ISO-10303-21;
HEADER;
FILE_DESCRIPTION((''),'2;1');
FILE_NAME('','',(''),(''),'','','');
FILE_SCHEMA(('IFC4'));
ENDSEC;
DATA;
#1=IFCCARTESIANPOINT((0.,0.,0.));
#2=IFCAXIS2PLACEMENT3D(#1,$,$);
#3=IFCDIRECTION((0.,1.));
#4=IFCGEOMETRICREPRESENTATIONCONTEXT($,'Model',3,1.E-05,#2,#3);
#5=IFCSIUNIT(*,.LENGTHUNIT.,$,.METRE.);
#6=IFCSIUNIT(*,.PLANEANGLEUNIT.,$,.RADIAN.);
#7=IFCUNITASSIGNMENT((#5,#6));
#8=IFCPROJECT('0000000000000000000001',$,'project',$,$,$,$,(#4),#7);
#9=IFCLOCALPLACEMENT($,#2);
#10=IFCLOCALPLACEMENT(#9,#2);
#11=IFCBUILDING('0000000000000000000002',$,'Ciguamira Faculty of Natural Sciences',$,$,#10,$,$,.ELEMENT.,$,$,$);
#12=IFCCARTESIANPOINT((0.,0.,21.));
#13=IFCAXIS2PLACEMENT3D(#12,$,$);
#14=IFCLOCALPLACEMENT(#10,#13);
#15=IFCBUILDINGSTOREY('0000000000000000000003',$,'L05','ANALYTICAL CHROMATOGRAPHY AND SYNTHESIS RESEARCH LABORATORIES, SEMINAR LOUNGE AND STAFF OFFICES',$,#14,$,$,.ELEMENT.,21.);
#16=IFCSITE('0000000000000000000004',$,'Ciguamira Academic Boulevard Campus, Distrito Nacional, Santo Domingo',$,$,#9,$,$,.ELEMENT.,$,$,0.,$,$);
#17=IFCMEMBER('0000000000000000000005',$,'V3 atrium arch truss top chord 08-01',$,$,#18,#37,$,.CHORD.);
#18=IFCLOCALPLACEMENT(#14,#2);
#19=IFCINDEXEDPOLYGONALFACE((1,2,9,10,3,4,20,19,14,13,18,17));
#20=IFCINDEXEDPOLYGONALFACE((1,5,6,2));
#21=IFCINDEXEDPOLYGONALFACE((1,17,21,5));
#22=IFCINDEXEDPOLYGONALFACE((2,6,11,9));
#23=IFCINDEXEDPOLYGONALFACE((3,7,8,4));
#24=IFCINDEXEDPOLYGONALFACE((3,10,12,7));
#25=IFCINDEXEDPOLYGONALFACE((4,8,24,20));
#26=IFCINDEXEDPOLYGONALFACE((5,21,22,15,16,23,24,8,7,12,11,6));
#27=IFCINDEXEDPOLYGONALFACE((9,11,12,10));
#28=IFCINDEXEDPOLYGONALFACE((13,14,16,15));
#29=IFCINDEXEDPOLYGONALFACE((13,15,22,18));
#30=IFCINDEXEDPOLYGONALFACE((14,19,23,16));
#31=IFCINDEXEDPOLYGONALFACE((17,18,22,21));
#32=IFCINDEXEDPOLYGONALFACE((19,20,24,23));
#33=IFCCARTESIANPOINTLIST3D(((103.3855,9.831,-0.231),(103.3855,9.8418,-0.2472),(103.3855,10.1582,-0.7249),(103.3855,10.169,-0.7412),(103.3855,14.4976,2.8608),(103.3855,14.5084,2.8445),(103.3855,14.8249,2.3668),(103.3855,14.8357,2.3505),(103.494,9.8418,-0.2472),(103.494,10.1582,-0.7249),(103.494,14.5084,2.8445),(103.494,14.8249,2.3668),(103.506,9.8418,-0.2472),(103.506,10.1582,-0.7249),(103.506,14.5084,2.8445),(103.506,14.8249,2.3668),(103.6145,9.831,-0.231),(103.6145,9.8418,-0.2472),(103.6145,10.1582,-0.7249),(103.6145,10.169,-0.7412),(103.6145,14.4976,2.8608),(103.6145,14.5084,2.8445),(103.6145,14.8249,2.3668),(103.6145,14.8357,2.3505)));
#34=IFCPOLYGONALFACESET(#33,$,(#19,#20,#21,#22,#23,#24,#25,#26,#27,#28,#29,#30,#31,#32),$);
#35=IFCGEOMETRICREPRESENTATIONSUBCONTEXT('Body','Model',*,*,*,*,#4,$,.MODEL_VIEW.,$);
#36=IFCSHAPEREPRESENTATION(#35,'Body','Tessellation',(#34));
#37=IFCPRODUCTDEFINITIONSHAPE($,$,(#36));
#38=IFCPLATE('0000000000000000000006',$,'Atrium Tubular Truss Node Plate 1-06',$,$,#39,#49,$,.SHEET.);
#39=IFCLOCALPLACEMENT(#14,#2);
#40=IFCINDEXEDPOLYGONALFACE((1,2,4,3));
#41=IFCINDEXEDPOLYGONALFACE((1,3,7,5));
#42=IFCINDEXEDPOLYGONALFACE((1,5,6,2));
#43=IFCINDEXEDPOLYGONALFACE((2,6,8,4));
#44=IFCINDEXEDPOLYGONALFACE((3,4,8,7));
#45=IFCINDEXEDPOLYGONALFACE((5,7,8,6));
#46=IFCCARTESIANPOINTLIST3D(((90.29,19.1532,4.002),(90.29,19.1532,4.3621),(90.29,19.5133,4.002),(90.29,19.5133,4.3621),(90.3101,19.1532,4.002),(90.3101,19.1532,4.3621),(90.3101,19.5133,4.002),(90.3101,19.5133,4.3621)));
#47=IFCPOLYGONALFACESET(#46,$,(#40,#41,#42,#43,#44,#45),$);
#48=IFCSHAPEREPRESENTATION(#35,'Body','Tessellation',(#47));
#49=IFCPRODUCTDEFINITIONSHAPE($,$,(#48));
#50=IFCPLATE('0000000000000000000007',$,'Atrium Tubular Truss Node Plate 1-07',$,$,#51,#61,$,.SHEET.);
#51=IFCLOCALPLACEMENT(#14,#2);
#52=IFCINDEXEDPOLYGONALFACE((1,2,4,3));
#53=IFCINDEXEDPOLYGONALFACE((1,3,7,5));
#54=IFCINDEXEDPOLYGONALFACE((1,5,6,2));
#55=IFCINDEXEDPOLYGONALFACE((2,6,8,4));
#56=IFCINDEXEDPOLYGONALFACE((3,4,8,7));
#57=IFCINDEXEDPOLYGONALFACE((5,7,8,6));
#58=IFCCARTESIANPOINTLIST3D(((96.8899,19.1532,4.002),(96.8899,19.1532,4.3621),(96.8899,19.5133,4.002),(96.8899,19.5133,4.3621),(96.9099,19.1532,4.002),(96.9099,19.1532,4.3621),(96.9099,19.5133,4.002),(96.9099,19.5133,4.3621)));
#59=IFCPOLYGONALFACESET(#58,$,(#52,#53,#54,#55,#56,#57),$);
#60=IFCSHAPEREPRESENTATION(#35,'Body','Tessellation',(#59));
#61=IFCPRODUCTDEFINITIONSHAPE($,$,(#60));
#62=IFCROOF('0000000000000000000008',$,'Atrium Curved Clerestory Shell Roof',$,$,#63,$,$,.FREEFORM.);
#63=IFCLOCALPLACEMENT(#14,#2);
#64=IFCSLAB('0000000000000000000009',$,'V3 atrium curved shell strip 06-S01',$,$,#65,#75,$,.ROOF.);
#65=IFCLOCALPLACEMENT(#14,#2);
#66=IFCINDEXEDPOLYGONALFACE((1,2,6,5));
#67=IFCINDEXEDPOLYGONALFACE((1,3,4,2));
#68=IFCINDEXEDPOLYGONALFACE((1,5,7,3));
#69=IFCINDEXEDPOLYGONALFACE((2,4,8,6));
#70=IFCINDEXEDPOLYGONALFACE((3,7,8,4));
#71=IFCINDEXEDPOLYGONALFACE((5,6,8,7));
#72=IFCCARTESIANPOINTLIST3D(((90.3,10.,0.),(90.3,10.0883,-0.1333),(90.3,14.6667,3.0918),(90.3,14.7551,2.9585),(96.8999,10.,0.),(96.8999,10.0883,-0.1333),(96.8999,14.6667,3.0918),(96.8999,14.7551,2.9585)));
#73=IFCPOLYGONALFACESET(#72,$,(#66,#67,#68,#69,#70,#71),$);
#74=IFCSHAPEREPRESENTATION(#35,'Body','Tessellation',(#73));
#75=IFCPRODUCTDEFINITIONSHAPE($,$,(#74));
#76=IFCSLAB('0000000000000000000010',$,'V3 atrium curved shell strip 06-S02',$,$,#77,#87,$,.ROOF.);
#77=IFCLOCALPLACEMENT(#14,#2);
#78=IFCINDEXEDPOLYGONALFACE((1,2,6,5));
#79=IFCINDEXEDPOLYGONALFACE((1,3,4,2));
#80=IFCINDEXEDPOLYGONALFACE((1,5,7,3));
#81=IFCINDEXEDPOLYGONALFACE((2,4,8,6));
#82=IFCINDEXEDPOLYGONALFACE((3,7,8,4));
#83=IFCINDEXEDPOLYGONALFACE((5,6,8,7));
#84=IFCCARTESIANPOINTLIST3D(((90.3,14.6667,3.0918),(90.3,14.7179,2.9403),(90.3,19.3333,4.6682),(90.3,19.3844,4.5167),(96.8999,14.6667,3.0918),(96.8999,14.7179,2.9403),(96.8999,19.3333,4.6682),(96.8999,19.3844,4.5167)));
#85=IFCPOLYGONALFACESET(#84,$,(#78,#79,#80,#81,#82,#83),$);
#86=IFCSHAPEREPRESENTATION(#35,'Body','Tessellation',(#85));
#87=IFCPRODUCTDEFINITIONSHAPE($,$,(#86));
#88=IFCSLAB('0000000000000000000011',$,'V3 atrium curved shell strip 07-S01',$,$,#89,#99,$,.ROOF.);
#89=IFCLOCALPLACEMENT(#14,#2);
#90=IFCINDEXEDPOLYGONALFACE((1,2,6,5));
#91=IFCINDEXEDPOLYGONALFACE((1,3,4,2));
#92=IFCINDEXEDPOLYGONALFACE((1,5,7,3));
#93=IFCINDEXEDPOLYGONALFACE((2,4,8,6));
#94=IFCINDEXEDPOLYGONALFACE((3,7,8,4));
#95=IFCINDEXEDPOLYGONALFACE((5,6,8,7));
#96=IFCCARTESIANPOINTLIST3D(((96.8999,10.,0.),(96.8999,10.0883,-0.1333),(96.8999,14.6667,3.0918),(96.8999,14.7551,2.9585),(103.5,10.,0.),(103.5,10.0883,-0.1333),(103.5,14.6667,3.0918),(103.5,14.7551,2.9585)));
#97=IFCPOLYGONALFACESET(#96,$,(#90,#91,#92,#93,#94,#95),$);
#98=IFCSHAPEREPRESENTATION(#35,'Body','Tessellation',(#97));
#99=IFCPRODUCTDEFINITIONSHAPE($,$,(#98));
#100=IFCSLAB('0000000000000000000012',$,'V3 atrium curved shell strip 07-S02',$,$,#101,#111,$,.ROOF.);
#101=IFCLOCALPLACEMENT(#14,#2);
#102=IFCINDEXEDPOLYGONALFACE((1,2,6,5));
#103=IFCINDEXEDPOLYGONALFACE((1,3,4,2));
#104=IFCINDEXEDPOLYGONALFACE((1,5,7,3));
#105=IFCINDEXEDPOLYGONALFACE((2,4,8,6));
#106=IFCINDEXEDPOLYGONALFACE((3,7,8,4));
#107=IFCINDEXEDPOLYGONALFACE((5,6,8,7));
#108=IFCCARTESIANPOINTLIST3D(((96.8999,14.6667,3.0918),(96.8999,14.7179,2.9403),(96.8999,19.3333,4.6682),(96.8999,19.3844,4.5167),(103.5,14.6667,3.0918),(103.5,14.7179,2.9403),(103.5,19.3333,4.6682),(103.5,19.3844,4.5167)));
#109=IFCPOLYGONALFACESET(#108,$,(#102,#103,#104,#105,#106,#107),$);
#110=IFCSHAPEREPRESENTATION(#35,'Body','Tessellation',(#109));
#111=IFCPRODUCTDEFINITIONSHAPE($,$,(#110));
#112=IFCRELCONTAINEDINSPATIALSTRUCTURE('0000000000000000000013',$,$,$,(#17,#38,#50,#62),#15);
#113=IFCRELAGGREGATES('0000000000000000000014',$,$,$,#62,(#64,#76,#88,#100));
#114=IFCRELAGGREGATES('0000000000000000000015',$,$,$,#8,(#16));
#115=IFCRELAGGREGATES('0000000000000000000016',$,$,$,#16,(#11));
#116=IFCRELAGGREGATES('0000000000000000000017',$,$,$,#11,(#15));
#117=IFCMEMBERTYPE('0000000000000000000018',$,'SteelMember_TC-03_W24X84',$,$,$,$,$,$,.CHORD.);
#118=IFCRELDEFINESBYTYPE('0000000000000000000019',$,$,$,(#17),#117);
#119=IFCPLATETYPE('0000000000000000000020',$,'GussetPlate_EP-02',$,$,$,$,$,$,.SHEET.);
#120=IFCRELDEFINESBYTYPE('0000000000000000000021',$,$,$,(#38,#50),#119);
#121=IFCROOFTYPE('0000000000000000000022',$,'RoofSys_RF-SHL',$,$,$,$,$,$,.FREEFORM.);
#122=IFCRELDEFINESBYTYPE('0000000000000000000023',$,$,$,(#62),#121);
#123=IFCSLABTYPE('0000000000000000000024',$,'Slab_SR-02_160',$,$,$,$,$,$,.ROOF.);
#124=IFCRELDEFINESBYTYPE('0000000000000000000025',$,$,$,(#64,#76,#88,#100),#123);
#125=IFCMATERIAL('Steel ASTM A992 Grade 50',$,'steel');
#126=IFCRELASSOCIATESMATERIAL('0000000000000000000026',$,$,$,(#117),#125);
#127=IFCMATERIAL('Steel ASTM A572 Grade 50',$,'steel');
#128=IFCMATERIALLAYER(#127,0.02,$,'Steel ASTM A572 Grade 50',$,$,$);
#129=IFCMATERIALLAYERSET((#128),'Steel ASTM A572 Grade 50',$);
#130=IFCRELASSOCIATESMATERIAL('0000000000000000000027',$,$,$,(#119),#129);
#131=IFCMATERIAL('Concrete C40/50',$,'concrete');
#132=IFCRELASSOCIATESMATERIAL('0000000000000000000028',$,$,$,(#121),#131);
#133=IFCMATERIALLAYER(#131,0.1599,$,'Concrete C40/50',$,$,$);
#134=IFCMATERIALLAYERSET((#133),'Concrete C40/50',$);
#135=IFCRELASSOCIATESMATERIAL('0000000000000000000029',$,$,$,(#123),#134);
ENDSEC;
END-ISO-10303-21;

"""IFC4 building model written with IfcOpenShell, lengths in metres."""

from ifc_helpers import new_model, si_unit, direction, frame, origin, origin_2d, place, context, subcontext, project, spatial, polyline, rectangle, i_section, outline, extrude, material, layer, layer_set, material_profile, profile_set, type_object, element, aggregate, save


model = new_model("IFC4")

# Units and contexts
model_context = context("Model", 3, precision=1e-05, world=origin(), true_north=direction((0.0, 1.0)))
body_context = subcontext(model_context, "Body", "Model", "MODEL_VIEW")
ifc_project = project(units=[si_unit("LENGTHUNIT", "METRE"), si_unit("PLANEANGLEUNIT", "RADIAN")], contexts=[model_context])

# Site, building, storey
site_placement = place(None, origin())
site = spatial("IfcSite", under=ifc_project, at=site_placement, Name="Ciguamira Academic Boulevard Campus, Distrito Nacional, Santo Domingo", CompositionType="ELEMENT", RefElevation=0.0)
building_placement = place(site_placement, origin())
building = spatial("IfcBuilding", under=site, at=building_placement, Name="Ciguamira Faculty of Natural Sciences", CompositionType="ELEMENT")
storey_placement = place(building_placement, frame((0.0, 0.0, 21.0)))
storey = spatial("IfcBuildingStorey", under=building, at=storey_placement, Name="L05", Description="ANALYTICAL CHROMATOGRAPHY AND SYNTHESIS RESEARCH LABORATORIES, SEMINAR LOUNGE AND STAFF OFFICES", CompositionType="ELEMENT", Elevation=21.0)

# Shared definitions
ifc_material_1 = material(Name="Concrete C40/50", Category="concrete")
ifc_material_2 = material(Name="Steel ASTM A992 Grade 50", Category="steel")

# Member
ifc_material_profile_1 = material_profile(ifc_material_2, i_section(OverallWidth=0.229, OverallDepth=0.6121, WebThickness=0.012, FlangeThickness=0.0195, at=origin_2d()), Name="W24X84")
ifc_profile_set_1 = profile_set([ifc_material_profile_1], Name="Steel ASTM A992 Grade 50")
member_type_1 = type_object("IfcMemberType", Name="SteelMember_TC-03_W24X84", PredefinedType="CHORD", material=ifc_profile_set_1)
member_1_placement = place(storey_placement, frame((103.5, 10.0, -0.4861), z_axis=(0.0, 0.833644, 0.552303), x_axis=(-1.0, 0.0, 0.0)))
element("IfcMember", 1, at=member_1_placement, inside=storey, type_object=member_type_1, Name="V3 atrium arch truss top chord 08-01", PredefinedType="CHORD", context=body_context, shape_type="SweptSolid", body=[
    extrude(i_section(OverallWidth=0.229, OverallDepth=0.6121, WebThickness=0.012, FlangeThickness=0.0195, at=origin_2d()), origin(), (0.0, 0.0, 1.0), 5.5979),
])

# Plates
ifc_material_3 = material(Name="Steel ASTM A572 Grade 50", Category="steel")
ifc_layer_1 = layer(ifc_material_3, 0.02, Name="Steel ASTM A572 Grade 50")
ifc_layer_set_1 = layer_set([ifc_layer_1], Name="Steel ASTM A572 Grade 50")
plate_type = type_object("IfcPlateType", Name="GussetPlate_EP-02", PredefinedType="SHEET", material=ifc_layer_set_1)
for number, where, z_axis, x_axis, name in (
    (2, (90.3, 19.3333, 4.002), (0.0, 0.0, 1.0), (1.0, 0.0, 0.0), "Atrium Tubular Truss Node Plate 1-06"),
    (3, (96.8999, 19.3333, 4.002), (0.0, 0.0, 1.0), (1.0, 0.0, 0.0), "Atrium Tubular Truss Node Plate 1-07"),
):
    element("IfcPlate", number, at=place(storey_placement, frame(where, z_axis=z_axis, x_axis=x_axis)), inside=storey, type_object=plate_type, Name=name, PredefinedType="SHEET", context=body_context, shape_type="SweptSolid", body=[
        extrude(rectangle(XDim=0.02, YDim=0.3601, at=origin_2d()), origin(), (0.0, 0.0, 1.0), 0.3601),
    ])

# Roof, slabs
roof_type = type_object("IfcRoofType", Name="RoofSys_RF-SHL", PredefinedType="FREEFORM", material=ifc_material_1)
roof_placement = place(storey_placement, origin())
roof = element("IfcRoof", 4, at=roof_placement, inside=storey, type_object=roof_type, Name="Atrium Curved Clerestory Shell Roof", PredefinedType="FREEFORM")
ifc_layer_2 = layer(ifc_material_1, 0.1599, Name="Concrete C40/50")
ifc_layer_set_2 = layer_set([ifc_layer_2], Name="Concrete C40/50")
slab_type = type_object("IfcSlabType", Name="Slab_SR-02_160", PredefinedType="ROOF", material=ifc_layer_set_2)
slab_1_placement = place(storey_placement, frame((90.3, 10.0, 0.0), z_axis=(0.0, -0.552303, 0.833644), x_axis=(1.0, 0.0, 0.0)))
slab_1 = element("IfcSlab", 5, at=slab_1_placement, type_object=slab_type, Name="V3 atrium curved shell strip 06-S01", PredefinedType="ROOF", context=body_context, shape_type="SweptSolid", body=[
    extrude(outline(polyline([(0.0, 0.0), (6.5999, 0.0), (6.5999, 5.598), (0.0, 5.598), (0.0, 0.0)])), origin(), (0.0, 0.0, -1.0), 0.1599),
])
slab_2_placement = place(storey_placement, frame((90.3, 14.6667, 3.0918), z_axis=(0.0, -0.320047, 0.947402), x_axis=(1.0, 0.0, 0.0)))
slab_2 = element("IfcSlab", 6, at=slab_2_placement, type_object=slab_type, Name="V3 atrium curved shell strip 06-S02", PredefinedType="ROOF", context=body_context, shape_type="SweptSolid", body=[
    extrude(outline(polyline([(0.0, 0.0), (6.5999, 0.0), (6.5999, 4.9256), (0.0, 4.9256), (0.0, 0.0)])), origin(), (0.0, 0.0, -1.0), 0.1599),
])
slab_3_placement = place(storey_placement, frame((96.8999, 10.0, 0.0), z_axis=(0.0, -0.552303, 0.833644), x_axis=(1.0, 0.0, 0.0)))
slab_3 = element("IfcSlab", 7, at=slab_3_placement, type_object=slab_type, Name="V3 atrium curved shell strip 07-S01", PredefinedType="ROOF", context=body_context, shape_type="SweptSolid", body=[
    extrude(outline(polyline([(0.0, 0.0), (6.6001, 0.0), (6.6001, 5.598), (0.0, 5.598), (0.0, 0.0)])), origin(), (0.0, 0.0, -1.0), 0.1599),
])
slab_4_placement = place(storey_placement, frame((96.8999, 14.6667, 3.0918), z_axis=(0.0, -0.320047, 0.947402), x_axis=(1.0, 0.0, 0.0)))
slab_4 = element("IfcSlab", 8, at=slab_4_placement, type_object=slab_type, Name="V3 atrium curved shell strip 07-S02", PredefinedType="ROOF", context=body_context, shape_type="SweptSolid", body=[
    extrude(outline(polyline([(0.0, 0.0), (6.6001, 0.0), (6.6001, 4.9256), (0.0, 4.9256), (0.0, 0.0)])), origin(), (0.0, 0.0, -1.0), 0.1599),
])
aggregate(roof, [slab_1, slab_2, slab_3, slab_4])

save(model, "model.ifc")
